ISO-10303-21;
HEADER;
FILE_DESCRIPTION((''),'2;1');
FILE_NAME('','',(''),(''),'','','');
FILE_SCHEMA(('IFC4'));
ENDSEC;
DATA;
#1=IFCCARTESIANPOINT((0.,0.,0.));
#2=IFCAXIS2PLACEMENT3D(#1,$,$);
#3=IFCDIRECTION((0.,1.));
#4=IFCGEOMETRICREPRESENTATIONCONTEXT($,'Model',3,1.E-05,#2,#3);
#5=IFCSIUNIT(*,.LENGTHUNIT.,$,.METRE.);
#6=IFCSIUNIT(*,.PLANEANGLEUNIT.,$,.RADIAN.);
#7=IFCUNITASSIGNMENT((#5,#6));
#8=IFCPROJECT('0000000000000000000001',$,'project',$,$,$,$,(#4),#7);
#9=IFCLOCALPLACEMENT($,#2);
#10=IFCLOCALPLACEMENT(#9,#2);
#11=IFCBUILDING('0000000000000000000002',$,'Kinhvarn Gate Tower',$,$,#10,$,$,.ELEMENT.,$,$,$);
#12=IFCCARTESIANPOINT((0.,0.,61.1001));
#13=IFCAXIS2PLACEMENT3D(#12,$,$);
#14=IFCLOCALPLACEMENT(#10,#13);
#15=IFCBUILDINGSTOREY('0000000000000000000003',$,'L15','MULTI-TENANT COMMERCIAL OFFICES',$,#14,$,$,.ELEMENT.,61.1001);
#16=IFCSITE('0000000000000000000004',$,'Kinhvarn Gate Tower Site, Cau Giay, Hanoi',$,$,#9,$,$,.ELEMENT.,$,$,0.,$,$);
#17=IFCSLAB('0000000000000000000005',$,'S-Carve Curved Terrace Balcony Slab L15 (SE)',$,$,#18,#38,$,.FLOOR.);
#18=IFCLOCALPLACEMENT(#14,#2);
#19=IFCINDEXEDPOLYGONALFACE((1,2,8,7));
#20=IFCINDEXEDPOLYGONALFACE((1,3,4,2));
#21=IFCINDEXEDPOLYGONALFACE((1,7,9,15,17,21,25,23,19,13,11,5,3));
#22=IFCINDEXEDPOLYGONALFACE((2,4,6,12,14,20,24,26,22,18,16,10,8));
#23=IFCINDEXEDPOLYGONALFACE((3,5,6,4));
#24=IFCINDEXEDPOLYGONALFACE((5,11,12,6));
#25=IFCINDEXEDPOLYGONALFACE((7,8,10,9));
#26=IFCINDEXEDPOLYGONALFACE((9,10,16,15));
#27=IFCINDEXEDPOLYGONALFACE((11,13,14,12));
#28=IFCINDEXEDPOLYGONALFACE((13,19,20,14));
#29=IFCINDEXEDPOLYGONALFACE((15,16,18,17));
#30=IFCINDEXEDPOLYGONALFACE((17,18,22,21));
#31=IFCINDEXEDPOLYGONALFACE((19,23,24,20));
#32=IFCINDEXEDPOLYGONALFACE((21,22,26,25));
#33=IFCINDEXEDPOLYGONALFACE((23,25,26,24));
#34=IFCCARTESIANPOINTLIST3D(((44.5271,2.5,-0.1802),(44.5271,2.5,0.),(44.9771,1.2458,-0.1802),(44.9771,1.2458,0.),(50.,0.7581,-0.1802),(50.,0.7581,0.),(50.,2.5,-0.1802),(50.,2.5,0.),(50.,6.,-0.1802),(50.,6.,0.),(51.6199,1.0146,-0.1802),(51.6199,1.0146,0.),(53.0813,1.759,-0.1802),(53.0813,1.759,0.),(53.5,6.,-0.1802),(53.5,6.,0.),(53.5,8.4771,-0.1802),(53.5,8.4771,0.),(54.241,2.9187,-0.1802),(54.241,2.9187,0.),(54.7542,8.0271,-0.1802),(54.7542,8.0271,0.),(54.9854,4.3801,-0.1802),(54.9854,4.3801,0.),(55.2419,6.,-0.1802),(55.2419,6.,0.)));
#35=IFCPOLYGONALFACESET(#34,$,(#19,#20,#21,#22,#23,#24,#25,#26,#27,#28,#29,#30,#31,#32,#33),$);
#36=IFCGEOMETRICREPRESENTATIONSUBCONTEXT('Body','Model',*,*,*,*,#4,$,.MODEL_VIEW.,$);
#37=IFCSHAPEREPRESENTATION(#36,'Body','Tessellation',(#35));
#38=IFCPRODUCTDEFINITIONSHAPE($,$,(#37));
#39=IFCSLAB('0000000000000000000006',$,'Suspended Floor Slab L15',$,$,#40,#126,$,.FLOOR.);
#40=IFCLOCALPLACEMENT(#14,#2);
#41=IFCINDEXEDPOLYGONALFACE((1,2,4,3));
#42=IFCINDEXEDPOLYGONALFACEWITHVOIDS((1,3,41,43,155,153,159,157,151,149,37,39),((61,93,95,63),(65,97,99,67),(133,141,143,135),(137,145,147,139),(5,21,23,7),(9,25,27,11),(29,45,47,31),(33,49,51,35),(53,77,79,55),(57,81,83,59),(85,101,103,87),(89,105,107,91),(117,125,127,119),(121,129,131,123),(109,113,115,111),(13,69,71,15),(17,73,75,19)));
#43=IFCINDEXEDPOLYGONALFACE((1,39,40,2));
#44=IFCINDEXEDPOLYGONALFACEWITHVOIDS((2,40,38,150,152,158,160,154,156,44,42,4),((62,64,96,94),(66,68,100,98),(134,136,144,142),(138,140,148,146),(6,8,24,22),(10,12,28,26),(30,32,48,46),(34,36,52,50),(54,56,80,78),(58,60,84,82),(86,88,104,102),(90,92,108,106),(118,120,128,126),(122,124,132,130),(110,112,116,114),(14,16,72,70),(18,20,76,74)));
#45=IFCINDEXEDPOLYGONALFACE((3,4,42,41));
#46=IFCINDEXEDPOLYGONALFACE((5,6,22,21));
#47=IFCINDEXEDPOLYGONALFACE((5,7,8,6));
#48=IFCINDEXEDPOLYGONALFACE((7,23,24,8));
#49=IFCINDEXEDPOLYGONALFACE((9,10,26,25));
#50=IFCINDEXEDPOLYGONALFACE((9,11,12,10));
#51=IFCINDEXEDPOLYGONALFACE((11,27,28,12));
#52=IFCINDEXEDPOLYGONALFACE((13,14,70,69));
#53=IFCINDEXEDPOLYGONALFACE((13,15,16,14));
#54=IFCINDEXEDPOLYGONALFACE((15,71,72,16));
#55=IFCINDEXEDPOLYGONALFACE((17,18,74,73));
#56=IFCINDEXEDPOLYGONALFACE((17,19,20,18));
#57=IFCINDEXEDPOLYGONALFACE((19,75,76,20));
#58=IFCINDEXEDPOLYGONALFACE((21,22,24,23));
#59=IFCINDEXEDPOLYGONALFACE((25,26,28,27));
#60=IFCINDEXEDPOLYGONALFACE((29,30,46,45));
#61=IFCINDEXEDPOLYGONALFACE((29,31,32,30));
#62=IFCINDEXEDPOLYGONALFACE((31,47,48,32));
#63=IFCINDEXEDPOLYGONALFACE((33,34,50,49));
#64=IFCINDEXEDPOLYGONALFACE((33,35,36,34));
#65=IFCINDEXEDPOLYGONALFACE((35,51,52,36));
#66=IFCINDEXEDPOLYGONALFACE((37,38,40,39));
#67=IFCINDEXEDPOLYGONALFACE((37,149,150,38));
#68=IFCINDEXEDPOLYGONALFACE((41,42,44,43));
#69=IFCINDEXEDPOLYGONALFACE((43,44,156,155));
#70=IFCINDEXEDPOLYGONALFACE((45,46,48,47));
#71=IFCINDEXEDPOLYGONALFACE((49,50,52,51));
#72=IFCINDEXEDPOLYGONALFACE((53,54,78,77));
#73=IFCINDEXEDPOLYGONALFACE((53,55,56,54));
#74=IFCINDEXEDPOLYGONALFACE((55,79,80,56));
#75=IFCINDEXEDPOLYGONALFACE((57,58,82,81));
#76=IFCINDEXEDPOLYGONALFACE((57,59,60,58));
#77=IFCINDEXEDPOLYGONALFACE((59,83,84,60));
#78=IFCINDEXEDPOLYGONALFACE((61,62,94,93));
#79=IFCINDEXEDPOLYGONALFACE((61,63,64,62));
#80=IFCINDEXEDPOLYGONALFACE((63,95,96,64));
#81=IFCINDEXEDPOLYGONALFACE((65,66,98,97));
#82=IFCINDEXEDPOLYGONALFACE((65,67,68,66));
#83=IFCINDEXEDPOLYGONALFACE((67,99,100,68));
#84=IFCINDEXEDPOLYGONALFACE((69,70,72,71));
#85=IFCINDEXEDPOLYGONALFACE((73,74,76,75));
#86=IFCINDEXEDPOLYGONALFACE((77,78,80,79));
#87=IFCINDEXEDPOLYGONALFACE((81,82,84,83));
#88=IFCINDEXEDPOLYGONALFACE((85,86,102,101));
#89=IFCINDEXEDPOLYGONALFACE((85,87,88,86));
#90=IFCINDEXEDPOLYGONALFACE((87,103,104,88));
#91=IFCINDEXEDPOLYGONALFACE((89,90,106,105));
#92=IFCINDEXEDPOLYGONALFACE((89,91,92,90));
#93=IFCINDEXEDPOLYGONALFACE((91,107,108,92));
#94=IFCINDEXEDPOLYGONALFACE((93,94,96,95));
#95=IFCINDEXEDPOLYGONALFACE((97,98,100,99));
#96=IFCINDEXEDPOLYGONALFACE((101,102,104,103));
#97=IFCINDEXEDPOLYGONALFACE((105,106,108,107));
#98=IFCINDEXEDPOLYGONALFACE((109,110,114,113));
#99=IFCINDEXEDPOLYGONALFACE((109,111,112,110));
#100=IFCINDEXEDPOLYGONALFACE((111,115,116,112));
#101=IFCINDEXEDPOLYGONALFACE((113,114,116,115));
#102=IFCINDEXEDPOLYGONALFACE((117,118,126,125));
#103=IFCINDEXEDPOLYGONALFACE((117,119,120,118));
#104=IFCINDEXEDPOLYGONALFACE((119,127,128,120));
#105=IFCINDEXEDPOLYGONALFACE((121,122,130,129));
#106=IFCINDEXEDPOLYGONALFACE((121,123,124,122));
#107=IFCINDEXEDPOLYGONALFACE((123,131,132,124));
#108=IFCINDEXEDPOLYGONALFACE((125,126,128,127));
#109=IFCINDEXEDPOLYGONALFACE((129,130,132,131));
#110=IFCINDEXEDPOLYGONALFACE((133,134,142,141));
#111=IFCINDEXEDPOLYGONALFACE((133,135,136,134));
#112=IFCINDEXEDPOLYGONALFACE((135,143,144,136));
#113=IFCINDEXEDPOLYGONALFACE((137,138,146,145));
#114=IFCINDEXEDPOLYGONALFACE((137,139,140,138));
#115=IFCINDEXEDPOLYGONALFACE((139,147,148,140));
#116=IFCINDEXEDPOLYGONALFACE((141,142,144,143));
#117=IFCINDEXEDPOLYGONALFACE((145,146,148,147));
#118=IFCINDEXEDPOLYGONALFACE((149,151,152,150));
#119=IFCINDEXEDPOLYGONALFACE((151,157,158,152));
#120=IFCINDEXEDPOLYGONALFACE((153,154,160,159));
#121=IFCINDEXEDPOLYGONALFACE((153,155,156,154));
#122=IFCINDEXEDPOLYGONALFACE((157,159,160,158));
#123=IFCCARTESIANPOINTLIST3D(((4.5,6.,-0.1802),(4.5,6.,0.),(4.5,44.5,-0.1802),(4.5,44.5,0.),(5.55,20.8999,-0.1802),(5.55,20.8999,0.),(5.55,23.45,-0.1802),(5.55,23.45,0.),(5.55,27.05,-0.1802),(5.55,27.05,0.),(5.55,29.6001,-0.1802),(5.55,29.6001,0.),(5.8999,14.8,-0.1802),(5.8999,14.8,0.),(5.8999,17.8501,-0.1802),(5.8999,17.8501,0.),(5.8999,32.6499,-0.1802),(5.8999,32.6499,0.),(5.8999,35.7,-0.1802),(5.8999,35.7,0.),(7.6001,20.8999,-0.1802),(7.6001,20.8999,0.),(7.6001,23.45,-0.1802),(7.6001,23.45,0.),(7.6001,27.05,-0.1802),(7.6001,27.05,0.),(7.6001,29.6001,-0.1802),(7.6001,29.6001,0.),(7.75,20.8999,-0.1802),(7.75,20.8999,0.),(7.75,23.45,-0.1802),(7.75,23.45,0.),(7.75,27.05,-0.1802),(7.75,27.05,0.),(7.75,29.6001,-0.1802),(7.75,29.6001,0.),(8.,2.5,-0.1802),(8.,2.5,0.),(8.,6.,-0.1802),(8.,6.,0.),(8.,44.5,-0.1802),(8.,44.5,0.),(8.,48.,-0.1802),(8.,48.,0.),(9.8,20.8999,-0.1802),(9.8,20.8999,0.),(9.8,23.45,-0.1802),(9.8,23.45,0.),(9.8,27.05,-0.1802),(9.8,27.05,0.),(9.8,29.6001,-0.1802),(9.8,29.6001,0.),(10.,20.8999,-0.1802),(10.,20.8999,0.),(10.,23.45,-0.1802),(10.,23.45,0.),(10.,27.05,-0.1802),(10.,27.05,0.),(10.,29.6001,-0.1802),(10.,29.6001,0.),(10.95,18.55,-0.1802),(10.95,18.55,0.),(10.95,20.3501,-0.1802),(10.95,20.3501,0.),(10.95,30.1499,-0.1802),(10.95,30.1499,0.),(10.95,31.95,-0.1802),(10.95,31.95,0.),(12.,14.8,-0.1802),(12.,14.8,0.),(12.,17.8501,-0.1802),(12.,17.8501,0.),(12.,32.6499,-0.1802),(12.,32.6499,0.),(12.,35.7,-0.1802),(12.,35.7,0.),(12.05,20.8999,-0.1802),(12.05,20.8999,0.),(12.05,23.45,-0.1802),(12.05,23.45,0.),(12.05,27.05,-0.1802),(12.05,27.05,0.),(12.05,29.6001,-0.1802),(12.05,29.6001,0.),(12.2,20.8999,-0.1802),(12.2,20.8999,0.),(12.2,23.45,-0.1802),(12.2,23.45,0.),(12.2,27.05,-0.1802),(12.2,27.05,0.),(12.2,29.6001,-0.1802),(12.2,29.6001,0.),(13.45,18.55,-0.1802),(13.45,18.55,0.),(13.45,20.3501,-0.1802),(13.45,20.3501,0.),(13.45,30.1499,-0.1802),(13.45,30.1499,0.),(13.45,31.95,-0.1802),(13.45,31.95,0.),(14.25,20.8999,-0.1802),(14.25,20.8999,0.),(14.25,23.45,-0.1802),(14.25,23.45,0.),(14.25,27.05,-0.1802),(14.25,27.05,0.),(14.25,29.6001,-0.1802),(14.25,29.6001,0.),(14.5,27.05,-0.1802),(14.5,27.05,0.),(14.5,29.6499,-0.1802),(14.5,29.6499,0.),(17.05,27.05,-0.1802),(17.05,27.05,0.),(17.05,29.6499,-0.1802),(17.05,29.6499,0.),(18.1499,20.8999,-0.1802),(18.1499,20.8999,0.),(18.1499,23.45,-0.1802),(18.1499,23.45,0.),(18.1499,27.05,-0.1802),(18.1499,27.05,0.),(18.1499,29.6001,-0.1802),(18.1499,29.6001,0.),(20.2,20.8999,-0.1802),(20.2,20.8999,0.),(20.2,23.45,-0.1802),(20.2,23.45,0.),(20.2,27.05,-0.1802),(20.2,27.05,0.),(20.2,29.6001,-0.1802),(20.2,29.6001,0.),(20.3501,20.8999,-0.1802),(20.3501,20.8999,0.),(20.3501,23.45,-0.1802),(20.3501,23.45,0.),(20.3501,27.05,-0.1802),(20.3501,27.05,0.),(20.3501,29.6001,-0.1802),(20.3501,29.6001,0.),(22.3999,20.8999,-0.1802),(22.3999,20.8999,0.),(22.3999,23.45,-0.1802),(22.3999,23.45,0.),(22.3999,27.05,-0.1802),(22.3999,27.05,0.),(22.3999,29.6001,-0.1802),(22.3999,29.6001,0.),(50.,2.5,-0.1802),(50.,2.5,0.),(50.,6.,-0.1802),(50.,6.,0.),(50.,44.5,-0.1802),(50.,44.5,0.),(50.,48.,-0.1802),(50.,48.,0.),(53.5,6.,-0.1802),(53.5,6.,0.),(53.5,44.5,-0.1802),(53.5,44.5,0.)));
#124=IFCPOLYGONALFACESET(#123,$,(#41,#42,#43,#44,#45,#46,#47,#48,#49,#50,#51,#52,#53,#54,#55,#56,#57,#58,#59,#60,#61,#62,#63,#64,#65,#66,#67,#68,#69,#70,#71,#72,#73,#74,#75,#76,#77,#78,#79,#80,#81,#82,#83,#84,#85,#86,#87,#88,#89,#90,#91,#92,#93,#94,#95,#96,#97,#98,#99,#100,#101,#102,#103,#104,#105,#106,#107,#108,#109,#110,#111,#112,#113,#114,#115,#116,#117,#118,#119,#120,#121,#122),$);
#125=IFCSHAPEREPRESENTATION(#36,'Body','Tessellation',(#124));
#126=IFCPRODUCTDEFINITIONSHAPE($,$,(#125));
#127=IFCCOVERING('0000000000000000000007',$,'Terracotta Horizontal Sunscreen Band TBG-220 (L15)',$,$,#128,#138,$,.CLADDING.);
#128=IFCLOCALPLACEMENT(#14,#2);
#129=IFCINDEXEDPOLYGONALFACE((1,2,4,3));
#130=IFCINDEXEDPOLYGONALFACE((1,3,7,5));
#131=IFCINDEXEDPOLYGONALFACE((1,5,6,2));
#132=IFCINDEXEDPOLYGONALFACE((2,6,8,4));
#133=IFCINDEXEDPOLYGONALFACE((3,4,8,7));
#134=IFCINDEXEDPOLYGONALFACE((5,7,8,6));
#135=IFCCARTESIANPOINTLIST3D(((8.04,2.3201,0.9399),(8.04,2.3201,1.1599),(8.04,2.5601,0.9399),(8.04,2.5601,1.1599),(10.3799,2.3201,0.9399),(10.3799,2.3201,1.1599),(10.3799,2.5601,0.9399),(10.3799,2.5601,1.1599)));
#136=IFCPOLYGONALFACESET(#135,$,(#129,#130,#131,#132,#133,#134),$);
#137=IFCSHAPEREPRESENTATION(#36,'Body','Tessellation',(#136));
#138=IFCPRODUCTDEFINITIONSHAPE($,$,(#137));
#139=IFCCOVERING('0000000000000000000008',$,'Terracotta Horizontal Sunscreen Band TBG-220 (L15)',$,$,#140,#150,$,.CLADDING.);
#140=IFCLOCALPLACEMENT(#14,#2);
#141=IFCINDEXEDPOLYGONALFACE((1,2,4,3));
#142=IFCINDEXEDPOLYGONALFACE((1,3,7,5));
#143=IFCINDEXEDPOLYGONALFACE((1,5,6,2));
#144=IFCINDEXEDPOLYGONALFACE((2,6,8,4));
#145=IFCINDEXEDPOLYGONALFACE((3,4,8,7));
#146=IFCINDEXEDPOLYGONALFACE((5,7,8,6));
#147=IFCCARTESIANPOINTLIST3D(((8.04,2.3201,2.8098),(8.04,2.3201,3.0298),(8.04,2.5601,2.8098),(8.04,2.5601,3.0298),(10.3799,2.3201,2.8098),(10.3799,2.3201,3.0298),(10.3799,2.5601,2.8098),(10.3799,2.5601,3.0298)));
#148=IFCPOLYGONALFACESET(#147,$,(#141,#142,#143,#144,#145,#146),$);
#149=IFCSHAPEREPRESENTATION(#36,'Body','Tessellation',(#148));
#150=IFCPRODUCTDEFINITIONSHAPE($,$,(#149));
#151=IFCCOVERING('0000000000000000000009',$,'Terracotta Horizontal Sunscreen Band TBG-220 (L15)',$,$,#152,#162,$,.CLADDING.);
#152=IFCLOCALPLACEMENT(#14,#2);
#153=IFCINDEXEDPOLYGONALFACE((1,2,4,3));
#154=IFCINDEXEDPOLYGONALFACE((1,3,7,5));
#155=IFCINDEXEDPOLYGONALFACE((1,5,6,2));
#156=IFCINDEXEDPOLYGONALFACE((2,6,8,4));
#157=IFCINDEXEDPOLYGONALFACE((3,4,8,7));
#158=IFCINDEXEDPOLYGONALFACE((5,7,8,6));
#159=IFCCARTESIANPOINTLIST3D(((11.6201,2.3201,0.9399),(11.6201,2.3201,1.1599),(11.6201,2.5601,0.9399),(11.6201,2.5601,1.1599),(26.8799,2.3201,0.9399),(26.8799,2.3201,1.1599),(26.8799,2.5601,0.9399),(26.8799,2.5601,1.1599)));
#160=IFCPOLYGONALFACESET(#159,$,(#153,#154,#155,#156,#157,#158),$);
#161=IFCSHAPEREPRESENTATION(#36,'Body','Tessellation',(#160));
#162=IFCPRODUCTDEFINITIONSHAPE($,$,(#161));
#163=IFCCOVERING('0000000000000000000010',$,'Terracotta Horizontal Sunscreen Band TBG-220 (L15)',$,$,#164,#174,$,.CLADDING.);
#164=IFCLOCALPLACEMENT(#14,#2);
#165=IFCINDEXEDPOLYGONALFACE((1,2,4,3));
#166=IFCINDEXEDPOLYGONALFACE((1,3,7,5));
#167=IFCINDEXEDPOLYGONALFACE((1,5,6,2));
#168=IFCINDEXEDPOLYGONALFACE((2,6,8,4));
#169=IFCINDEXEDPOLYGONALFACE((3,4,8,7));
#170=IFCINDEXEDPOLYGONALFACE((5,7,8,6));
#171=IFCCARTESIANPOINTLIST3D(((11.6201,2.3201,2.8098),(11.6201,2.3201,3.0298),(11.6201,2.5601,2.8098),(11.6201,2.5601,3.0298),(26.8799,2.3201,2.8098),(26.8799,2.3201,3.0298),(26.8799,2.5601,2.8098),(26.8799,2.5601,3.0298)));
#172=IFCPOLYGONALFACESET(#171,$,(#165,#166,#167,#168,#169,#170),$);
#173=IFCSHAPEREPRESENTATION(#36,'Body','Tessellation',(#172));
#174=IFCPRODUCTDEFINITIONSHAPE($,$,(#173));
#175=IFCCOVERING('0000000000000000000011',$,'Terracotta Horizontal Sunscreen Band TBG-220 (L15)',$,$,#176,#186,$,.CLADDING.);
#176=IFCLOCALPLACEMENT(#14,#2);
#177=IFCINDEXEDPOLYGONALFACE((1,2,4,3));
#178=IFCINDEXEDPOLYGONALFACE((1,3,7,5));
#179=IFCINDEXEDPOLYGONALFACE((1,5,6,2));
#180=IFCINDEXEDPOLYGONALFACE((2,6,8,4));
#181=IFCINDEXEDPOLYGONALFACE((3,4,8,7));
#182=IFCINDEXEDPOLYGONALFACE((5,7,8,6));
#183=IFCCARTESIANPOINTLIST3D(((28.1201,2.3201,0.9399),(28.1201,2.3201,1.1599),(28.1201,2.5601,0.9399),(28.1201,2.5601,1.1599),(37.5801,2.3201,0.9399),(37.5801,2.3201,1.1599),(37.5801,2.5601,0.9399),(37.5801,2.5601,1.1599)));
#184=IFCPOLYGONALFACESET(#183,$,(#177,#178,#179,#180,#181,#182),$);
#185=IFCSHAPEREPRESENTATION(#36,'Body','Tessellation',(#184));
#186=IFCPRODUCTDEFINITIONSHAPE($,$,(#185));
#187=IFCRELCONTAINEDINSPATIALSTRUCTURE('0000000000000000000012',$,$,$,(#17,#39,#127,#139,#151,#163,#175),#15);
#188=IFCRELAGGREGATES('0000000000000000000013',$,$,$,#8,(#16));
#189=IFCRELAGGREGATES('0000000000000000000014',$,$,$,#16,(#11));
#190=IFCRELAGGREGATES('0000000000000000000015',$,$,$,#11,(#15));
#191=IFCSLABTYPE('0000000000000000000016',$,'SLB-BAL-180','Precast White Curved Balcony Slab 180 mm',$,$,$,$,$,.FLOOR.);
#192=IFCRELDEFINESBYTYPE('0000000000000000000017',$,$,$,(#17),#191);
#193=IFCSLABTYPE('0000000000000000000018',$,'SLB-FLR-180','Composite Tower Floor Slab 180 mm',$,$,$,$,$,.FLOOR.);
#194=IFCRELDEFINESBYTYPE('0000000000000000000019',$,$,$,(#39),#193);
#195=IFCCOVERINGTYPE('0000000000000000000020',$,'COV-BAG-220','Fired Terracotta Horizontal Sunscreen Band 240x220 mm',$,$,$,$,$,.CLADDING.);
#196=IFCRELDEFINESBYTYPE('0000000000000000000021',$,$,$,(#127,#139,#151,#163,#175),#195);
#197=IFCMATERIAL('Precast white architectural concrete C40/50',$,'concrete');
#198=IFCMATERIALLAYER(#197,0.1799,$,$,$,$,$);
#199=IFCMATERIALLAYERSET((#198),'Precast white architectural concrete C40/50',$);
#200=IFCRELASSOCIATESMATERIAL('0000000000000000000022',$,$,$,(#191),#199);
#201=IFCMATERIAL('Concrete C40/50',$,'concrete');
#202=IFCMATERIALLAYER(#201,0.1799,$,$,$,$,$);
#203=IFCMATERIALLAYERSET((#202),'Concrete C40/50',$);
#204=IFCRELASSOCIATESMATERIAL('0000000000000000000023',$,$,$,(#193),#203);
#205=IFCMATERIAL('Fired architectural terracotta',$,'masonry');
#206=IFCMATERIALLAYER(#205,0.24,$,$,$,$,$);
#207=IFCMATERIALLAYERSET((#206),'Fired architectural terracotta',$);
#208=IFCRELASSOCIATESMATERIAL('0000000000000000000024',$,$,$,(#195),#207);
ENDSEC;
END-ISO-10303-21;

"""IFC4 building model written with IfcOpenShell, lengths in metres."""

from ifc_helpers import new_model, si_unit, direction, frame, origin, place, context, subcontext, project, spatial, polyline, outline, extrude, material, layer, layer_set, type_object, element, save


model = new_model("IFC4")

# Units and contexts
model_context = context("Model", 3, precision=1e-05, world=origin(), true_north=direction((0.0, 1.0)))
body_context = subcontext(model_context, "Body", "Model", "MODEL_VIEW")
ifc_project = project(units=[si_unit("LENGTHUNIT", "METRE"), si_unit("PLANEANGLEUNIT", "RADIAN")], contexts=[model_context])

# Site, building, storey
site_placement = place(None, origin())
site = spatial("IfcSite", under=ifc_project, at=site_placement, Name="Kinhvarn Gate Tower Site, Cau Giay, Hanoi", CompositionType="ELEMENT", RefElevation=0.0)
building_placement = place(site_placement, origin())
building = spatial("IfcBuilding", under=site, at=building_placement, Name="Kinhvarn Gate Tower", CompositionType="ELEMENT")
storey_placement = place(building_placement, frame((0.0, 0.0, 61.1001)))
storey = spatial("IfcBuildingStorey", under=building, at=storey_placement, Name="L15", Description="MULTI-TENANT COMMERCIAL OFFICES", CompositionType="ELEMENT", Elevation=61.1001)

# Slabs
ifc_material_1 = material(Name="Precast white architectural concrete C40/50", Category="concrete")
ifc_layer_1 = layer(ifc_material_1, 0.1799)
ifc_layer_set_1 = layer_set([ifc_layer_1], Name="Precast white architectural concrete C40/50")
slab_type_1 = type_object("IfcSlabType", Name="SLB-BAL-180", Description="Precast White Curved Balcony Slab 180 mm", PredefinedType="FLOOR", material=ifc_layer_set_1)
slab_1_placement = place(storey_placement, frame((0.0, 0.0, -0.1802)))
element("IfcSlab", 1, at=slab_1_placement, inside=storey, type_object=slab_type_1, Name="S-Carve Curved Terrace Balcony Slab L15 (SE)", PredefinedType="FLOOR", context=body_context, shape_type="SweptSolid", body=[
    extrude(outline(polyline([(44.5271, 2.5), (44.9771, 1.2458), (50.0, 0.7581), (51.6199, 1.0146), (53.0813, 1.759), (54.241, 2.9187), (54.9854, 4.3801), (55.2419, 6.0), (54.7542, 8.0271), (53.5, 8.4771), (53.5, 6.0), (50.0, 6.0), (50.0, 2.5), (44.5271, 2.5)])), origin(), (0.0, 0.0, 1.0), 0.1802),
])
ifc_material_2 = material(Name="Concrete C40/50", Category="concrete")
ifc_layer_2 = layer(ifc_material_2, 0.1799)
ifc_layer_set_2 = layer_set([ifc_layer_2], Name="Concrete C40/50")
slab_type_2 = type_object("IfcSlabType", Name="SLB-FLR-180", Description="Composite Tower Floor Slab 180 mm", PredefinedType="FLOOR", material=ifc_layer_set_2)
slab_2_placement = place(storey_placement, frame((0.0, 0.0, -0.1802)))
element("IfcSlab", 2, at=slab_2_placement, inside=storey, type_object=slab_type_2, Name="Suspended Floor Slab L15", PredefinedType="FLOOR", context=body_context, shape_type="SweptSolid", body=[
    extrude(outline(polyline([(8.0, 2.5), (50.0, 2.5), (50.0, 6.0), (53.5, 6.0), (53.5, 44.5), (50.0, 44.5), (50.0, 48.0), (8.0, 48.0), (8.0, 44.5), (4.5, 44.5), (4.5, 6.0), (8.0, 6.0), (8.0, 2.5)]), holes=[polyline([(5.8999, 14.8), (12.0, 14.8), (12.0, 17.8501), (5.8999, 17.8501), (5.8999, 14.8)]), polyline([(5.8999, 32.6499), (12.0, 32.6499), (12.0, 35.7), (5.8999, 35.7), (5.8999, 32.6499)]), polyline([(18.1499, 20.8999), (20.2, 20.8999), (20.2, 23.45), (18.1499, 23.45), (18.1499, 20.8999)]), polyline([(20.3501, 20.8999), (22.3999, 20.8999), (22.3999, 23.45), (20.3501, 23.45), (20.3501, 20.8999)]), polyline([(18.1499, 27.05), (20.2, 27.05), (20.2, 29.6001), (18.1499, 29.6001), (18.1499, 27.05)]), polyline([(20.3501, 27.05), (22.3999, 27.05), (22.3999, 29.6001), (20.3501, 29.6001), (20.3501, 27.05)]), polyline([(5.55, 20.8999), (7.6001, 20.8999), (7.6001, 23.45), (5.55, 23.45), (5.55, 20.8999)]), polyline([(7.75, 20.8999), (9.8, 20.8999), (9.8, 23.45), (7.75, 23.45), (7.75, 20.8999)]), polyline([(5.55, 27.05), (7.6001, 27.05), (7.6001, 29.6001), (5.55, 29.6001), (5.55, 27.05)]), polyline([(7.75, 27.05), (9.8, 27.05), (9.8, 29.6001), (7.75, 29.6001), (7.75, 27.05)]), polyline([(10.0, 20.8999), (12.05, 20.8999), (12.05, 23.45), (10.0, 23.45), (10.0, 20.8999)]), polyline([(12.2, 20.8999), (14.25, 20.8999), (14.25, 23.45), (12.2, 23.45), (12.2, 20.8999)]), polyline([(10.0, 27.05), (12.05, 27.05), (12.05, 29.6001), (10.0, 29.6001), (10.0, 27.05)]), polyline([(12.2, 27.05), (14.25, 27.05), (14.25, 29.6001), (12.2, 29.6001), (12.2, 27.05)]), polyline([(14.5, 27.05), (17.05, 27.05), (17.05, 29.6499), (14.5, 29.6499), (14.5, 27.05)]), polyline([(10.95, 18.55), (13.45, 18.55), (13.45, 20.3501), (10.95, 20.3501), (10.95, 18.55)]), polyline([(10.95, 30.1499), (13.45, 30.1499), (13.45, 31.95), (10.95, 31.95), (10.95, 30.1499)])]), origin(), (0.0, 0.0, 1.0), 0.1802),
])

# Coverings
ifc_material_3 = material(Name="Fired architectural terracotta", Category="masonry")
ifc_layer_3 = layer(ifc_material_3, 0.24)
ifc_layer_set_3 = layer_set([ifc_layer_3], Name="Fired architectural terracotta")
covering_type_1 = type_object("IfcCoveringType", Name="COV-BAG-220", Description="Fired Terracotta Horizontal Sunscreen Band 240x220 mm", PredefinedType="CLADDING", material=ifc_layer_set_3)
for number, where, name in (
    (3, (0.0, 0.0, 0.9399), "Terracotta Horizontal Sunscreen Band TBG-220 (L15)"),
    (4, (0.0, 0.0, 2.8098), "Terracotta Horizontal Sunscreen Band TBG-220 (L15)"),
):
    element("IfcCovering", number, at=place(storey_placement, frame(where)), inside=storey, type_object=covering_type_1, Name=name, PredefinedType="CLADDING", context=body_context, shape_type="SweptSolid", body=[
        extrude(outline(polyline([(8.04, 2.5601), (10.3799, 2.5601), (10.3799, 2.3201), (8.04, 2.3201), (8.04, 2.5601)])), origin(), (0.0, 0.0, 1.0), 0.22),
    ])
for number, where, name in (
    (5, (0.0, 0.0, 0.9399), "Terracotta Horizontal Sunscreen Band TBG-220 (L15)"),
    (6, (0.0, 0.0, 2.8098), "Terracotta Horizontal Sunscreen Band TBG-220 (L15)"),
):
    element("IfcCovering", number, at=place(storey_placement, frame(where)), inside=storey, type_object=covering_type_1, Name=name, PredefinedType="CLADDING", context=body_context, shape_type="SweptSolid", body=[
        extrude(outline(polyline([(11.6201, 2.5601), (26.8799, 2.5601), (26.8799, 2.3201), (11.6201, 2.3201), (11.6201, 2.5601)])), origin(), (0.0, 0.0, 1.0), 0.22),
    ])
for number, where, name in (
    (7, (0.0, 0.0, 0.9399), "Terracotta Horizontal Sunscreen Band TBG-220 (L15)"),
):
    element("IfcCovering", number, at=place(storey_placement, frame(where)), inside=storey, type_object=covering_type_1, Name=name, PredefinedType="CLADDING", context=body_context, shape_type="SweptSolid", body=[
        extrude(outline(polyline([(28.1201, 2.5601), (37.5801, 2.5601), (37.5801, 2.3201), (28.1201, 2.3201), (28.1201, 2.5601)])), origin(), (0.0, 0.0, 1.0), 0.22),
    ])

save(model, "model.ifc")
